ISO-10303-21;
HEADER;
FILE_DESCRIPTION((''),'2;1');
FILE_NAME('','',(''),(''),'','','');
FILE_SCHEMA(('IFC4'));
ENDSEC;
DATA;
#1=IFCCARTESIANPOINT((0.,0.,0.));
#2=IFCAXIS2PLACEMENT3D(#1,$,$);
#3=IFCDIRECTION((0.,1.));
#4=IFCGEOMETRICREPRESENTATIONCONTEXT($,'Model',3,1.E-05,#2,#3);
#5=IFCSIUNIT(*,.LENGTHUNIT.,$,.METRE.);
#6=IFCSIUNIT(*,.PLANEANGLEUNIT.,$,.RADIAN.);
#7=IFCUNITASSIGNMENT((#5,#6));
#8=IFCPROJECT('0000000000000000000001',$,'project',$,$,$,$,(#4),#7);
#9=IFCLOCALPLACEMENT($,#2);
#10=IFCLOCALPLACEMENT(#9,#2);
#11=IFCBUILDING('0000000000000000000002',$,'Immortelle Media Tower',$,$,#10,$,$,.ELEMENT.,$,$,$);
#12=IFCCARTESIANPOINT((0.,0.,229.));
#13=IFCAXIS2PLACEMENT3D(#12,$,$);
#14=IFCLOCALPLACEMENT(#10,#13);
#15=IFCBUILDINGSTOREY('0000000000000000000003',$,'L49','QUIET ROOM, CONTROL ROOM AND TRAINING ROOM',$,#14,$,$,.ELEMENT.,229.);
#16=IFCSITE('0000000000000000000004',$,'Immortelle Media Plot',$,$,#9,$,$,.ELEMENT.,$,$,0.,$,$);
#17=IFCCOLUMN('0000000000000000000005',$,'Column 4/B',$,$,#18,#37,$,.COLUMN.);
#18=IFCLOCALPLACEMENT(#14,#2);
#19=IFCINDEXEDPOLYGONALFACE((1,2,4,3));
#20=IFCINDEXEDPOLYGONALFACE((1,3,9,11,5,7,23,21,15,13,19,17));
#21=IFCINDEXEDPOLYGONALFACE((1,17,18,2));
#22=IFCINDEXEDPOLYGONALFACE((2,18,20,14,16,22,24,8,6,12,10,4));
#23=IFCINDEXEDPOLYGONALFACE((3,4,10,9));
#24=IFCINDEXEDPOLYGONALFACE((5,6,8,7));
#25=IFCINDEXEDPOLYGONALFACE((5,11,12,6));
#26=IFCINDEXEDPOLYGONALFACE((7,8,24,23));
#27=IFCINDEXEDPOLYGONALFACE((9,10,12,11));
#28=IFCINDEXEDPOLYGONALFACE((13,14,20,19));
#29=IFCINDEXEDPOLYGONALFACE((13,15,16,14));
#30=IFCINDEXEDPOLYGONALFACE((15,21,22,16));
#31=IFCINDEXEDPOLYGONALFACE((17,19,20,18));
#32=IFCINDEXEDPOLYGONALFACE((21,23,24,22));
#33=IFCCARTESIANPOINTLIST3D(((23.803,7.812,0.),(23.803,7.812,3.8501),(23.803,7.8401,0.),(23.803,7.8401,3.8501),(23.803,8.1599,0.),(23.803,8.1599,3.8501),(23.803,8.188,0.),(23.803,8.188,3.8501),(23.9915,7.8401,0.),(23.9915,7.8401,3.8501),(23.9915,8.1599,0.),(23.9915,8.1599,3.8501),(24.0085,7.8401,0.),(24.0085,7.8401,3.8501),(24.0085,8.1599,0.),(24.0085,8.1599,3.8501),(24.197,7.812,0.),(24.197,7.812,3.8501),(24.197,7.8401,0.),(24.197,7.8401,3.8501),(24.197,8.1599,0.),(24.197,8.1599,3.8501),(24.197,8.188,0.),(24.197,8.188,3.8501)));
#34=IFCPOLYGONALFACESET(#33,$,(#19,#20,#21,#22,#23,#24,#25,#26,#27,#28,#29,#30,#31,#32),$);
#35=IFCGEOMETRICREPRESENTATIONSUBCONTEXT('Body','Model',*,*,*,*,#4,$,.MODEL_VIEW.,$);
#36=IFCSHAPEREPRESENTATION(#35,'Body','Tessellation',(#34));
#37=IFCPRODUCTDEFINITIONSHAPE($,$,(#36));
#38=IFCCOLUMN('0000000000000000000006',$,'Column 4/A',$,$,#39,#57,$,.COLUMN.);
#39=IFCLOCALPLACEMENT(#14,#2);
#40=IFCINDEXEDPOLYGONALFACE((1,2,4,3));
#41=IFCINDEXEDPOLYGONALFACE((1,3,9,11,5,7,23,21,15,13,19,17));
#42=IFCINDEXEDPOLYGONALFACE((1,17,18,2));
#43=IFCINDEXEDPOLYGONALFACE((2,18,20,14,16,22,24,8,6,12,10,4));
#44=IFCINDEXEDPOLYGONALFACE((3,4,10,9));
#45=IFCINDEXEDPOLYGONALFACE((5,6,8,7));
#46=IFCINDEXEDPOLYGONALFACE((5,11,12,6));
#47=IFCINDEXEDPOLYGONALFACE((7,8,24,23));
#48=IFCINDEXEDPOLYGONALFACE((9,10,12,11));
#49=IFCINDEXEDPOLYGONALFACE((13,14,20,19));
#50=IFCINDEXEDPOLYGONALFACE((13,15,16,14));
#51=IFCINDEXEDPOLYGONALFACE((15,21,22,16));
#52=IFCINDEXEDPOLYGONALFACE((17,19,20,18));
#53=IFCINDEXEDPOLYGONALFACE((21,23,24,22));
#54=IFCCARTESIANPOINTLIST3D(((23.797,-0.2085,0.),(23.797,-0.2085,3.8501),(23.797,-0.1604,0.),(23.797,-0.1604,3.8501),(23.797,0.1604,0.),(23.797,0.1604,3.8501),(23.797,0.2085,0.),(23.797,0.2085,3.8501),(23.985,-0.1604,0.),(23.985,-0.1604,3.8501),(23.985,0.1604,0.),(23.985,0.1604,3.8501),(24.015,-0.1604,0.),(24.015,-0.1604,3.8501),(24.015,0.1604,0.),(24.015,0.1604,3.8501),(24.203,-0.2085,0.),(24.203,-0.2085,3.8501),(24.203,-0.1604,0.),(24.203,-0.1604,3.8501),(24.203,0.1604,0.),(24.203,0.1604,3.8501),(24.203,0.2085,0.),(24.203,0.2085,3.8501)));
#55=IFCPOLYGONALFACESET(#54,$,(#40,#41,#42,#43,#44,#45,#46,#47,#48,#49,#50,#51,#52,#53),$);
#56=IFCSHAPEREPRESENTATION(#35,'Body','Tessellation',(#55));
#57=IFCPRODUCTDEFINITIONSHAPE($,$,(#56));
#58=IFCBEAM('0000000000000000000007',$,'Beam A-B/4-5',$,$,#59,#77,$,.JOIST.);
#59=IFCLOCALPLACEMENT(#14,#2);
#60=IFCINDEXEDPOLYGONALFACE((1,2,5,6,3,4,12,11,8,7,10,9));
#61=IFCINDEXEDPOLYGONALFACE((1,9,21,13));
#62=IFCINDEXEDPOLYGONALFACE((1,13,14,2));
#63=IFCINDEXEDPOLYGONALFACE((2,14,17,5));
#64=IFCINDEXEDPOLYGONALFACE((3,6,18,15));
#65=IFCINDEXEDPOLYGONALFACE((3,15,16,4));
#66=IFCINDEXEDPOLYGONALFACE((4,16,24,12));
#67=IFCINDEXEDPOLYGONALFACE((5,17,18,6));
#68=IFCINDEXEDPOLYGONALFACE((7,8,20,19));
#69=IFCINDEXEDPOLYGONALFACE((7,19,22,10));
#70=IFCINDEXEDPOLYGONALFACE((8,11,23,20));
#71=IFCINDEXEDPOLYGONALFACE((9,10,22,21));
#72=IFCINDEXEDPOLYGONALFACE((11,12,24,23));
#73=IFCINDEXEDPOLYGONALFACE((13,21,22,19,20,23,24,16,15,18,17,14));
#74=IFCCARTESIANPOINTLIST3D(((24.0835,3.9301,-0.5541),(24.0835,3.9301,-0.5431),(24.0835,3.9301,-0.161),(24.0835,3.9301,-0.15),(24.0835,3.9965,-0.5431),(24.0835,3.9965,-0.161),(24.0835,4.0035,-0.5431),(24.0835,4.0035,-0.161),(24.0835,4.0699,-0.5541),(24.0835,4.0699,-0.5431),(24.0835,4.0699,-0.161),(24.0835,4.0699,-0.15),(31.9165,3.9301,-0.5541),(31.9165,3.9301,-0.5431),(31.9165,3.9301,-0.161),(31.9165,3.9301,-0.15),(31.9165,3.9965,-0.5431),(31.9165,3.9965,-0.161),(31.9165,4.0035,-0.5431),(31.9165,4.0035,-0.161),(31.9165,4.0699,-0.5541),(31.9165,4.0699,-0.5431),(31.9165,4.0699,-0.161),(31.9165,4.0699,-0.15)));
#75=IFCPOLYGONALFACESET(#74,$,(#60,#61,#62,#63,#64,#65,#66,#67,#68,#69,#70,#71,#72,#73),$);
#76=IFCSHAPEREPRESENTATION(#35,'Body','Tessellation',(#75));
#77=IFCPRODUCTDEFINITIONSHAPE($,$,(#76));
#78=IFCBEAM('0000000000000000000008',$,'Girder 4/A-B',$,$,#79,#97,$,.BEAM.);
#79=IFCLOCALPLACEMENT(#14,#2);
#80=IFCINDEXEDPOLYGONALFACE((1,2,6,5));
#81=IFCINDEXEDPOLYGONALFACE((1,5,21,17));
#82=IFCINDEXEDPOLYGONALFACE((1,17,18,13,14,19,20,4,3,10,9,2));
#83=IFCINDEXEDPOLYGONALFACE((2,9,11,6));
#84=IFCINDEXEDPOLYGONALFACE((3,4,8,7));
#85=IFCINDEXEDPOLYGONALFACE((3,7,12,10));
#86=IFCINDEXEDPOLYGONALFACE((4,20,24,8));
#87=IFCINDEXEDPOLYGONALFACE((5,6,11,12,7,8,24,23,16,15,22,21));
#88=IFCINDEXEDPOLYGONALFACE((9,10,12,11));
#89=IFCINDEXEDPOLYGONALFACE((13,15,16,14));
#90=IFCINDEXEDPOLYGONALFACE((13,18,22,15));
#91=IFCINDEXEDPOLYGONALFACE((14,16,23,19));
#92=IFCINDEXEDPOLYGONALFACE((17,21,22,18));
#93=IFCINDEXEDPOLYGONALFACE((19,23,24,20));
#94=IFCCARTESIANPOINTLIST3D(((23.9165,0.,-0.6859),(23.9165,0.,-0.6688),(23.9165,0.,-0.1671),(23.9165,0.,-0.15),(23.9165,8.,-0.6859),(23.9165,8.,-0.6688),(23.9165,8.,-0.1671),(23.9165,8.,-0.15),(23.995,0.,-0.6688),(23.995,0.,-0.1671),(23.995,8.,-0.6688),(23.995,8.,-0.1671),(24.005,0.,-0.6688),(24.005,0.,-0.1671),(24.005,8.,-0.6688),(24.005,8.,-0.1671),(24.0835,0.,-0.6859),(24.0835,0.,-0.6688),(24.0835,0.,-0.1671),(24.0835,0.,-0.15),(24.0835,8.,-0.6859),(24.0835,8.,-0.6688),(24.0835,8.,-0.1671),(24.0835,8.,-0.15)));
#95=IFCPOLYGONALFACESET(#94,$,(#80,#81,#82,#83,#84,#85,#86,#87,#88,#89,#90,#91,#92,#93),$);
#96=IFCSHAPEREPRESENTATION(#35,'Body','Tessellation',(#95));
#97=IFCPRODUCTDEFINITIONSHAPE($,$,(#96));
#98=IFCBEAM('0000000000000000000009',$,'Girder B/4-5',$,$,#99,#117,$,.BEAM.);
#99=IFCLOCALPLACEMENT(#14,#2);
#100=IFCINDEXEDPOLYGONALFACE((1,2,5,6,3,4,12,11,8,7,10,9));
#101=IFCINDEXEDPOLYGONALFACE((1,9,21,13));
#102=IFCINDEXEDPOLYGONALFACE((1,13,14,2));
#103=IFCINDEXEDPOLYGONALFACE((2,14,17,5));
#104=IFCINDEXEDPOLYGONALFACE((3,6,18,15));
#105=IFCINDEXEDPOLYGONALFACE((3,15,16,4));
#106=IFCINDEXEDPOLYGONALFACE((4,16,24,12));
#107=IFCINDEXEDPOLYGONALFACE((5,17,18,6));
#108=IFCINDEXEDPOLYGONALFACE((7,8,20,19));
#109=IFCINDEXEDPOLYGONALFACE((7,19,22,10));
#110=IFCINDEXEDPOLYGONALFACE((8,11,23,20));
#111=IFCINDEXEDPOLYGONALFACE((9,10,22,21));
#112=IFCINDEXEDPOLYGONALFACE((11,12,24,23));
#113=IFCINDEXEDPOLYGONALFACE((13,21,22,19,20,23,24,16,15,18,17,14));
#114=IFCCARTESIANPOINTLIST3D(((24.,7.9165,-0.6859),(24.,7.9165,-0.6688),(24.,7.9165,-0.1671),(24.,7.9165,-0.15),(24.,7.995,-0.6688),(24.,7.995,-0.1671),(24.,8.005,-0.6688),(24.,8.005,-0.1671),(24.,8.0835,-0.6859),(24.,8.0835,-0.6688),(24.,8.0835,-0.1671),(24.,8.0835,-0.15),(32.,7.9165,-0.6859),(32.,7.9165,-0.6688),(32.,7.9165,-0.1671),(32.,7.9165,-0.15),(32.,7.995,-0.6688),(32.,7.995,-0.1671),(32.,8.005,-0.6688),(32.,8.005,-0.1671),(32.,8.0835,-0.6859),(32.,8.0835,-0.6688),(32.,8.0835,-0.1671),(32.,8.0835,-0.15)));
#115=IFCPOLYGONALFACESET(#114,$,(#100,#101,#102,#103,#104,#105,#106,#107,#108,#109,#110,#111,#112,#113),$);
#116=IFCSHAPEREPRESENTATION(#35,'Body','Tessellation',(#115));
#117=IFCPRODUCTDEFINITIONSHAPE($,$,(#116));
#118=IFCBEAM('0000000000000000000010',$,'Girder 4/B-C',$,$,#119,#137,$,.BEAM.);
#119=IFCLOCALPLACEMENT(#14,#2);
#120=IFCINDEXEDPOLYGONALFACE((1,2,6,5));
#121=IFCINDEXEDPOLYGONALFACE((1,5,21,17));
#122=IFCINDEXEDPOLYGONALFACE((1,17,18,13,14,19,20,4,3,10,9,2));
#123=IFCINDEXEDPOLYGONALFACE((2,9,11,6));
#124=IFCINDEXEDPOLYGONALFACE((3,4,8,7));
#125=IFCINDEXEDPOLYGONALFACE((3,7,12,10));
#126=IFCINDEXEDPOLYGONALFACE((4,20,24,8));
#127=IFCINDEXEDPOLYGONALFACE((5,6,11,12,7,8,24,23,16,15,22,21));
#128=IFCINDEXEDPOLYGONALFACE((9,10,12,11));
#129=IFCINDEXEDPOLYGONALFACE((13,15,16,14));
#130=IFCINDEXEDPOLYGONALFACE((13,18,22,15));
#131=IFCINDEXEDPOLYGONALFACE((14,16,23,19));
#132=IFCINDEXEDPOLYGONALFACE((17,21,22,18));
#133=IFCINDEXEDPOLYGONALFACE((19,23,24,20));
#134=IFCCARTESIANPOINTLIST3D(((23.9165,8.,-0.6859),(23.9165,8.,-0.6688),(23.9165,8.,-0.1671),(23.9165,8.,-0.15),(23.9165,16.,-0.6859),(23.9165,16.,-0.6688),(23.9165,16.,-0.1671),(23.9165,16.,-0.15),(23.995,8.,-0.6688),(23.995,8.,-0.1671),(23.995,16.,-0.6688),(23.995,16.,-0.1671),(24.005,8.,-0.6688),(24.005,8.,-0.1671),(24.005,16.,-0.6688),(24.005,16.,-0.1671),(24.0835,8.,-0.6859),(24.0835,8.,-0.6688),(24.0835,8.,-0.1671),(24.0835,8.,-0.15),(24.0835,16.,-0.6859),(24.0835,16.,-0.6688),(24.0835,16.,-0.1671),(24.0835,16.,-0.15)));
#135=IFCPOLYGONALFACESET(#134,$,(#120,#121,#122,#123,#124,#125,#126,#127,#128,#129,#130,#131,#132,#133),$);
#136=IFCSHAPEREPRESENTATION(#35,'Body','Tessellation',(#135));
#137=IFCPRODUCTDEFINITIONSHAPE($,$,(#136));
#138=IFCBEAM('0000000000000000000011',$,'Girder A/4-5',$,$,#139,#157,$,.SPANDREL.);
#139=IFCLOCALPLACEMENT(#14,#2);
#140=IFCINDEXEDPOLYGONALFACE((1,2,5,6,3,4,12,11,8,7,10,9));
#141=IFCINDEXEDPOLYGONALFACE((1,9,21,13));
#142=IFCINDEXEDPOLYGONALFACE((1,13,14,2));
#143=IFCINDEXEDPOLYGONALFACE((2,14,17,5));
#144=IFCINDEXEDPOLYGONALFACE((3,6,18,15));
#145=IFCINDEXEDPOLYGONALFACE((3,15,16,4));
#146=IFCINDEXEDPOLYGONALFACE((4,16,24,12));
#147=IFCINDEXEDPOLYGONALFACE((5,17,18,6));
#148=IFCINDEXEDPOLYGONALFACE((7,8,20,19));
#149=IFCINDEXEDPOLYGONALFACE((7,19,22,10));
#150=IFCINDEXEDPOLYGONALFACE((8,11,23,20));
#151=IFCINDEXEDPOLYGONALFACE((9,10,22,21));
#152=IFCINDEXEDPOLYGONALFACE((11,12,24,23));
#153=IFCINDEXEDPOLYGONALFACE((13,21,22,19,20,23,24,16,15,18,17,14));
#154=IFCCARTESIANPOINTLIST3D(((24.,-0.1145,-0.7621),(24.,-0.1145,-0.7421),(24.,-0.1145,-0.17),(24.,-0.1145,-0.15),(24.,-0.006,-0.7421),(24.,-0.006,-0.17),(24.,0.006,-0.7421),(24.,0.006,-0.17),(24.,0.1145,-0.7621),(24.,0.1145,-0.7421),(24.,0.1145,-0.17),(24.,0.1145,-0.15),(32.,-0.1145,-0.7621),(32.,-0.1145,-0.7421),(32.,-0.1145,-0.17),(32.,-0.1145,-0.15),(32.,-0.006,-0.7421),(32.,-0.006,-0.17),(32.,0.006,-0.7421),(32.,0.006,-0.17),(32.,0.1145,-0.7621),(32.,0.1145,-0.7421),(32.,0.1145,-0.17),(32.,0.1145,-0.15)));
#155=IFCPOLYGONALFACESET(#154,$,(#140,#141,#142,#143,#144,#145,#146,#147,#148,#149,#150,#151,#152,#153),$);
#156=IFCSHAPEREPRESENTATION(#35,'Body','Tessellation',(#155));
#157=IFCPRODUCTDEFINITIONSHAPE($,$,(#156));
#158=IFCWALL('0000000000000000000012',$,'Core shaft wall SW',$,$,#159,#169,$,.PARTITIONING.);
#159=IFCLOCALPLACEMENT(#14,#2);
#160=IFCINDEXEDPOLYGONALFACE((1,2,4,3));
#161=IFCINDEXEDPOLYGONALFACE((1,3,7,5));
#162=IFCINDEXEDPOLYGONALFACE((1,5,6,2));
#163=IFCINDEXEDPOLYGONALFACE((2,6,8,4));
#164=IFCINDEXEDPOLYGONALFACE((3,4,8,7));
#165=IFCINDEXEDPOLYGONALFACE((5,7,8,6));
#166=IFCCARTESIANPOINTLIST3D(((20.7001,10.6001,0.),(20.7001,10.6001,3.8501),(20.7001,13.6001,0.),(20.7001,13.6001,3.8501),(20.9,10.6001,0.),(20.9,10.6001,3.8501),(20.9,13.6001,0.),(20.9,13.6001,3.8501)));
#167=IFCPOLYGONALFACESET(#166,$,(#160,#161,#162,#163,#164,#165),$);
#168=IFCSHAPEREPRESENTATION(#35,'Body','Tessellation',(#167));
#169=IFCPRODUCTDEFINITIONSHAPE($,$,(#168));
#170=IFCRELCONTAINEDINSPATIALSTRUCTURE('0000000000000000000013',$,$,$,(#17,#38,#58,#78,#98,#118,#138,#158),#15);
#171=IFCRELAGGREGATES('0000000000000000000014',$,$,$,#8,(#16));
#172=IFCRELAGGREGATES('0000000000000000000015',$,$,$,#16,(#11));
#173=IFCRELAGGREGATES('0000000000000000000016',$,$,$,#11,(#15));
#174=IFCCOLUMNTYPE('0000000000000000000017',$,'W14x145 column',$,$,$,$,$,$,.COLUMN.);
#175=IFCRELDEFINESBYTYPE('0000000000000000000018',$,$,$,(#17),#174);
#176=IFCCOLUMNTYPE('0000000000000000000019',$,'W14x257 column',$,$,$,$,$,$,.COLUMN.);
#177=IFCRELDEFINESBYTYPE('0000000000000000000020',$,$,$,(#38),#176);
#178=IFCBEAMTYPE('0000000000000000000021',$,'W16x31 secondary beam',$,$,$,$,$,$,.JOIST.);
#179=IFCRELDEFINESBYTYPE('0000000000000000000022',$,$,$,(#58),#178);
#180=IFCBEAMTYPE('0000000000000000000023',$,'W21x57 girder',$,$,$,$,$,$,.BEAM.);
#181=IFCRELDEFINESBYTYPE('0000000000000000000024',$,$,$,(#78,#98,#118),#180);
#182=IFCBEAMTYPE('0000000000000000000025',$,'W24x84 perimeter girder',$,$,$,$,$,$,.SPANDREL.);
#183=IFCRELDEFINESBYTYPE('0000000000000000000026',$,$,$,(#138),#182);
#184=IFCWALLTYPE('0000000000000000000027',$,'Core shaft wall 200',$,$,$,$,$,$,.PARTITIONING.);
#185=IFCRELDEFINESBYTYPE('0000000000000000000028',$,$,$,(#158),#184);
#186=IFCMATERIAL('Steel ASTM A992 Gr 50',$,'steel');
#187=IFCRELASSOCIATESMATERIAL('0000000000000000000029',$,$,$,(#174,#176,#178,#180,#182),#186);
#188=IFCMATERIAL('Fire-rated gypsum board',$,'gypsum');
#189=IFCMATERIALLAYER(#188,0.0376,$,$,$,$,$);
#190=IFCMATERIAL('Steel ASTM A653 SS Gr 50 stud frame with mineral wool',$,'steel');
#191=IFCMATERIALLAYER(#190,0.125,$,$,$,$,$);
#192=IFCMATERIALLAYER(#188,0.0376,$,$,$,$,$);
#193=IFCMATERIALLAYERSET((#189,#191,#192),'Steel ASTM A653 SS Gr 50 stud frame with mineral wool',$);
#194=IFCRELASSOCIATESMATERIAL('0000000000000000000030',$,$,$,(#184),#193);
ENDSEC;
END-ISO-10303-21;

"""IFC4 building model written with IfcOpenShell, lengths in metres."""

from ifc_helpers import new_model, si_unit, direction, frame, frame_2d, origin, origin_2d, place, context, subcontext, project, spatial, rectangle, i_section, extrude, material, layer, layer_set, material_profile, profile_set, type_object, element, save


model = new_model("IFC4")

# Units and contexts
model_context = context("Model", 3, precision=1e-05, world=origin(), true_north=direction((0.0, 1.0)))
body_context = subcontext(model_context, "Body", "Model", "MODEL_VIEW")
ifc_project = project(units=[si_unit("LENGTHUNIT", "METRE"), si_unit("PLANEANGLEUNIT", "RADIAN")], contexts=[model_context])

# Site, building, storey
site_placement = place(None, origin())
site = spatial("IfcSite", under=ifc_project, at=site_placement, Name="Immortelle Media Plot", CompositionType="ELEMENT", RefElevation=0.0)
building_placement = place(site_placement, origin())
building = spatial("IfcBuilding", under=site, at=building_placement, Name="Immortelle Media Tower", CompositionType="ELEMENT")
storey_placement = place(building_placement, frame((0.0, 0.0, 229.0)))
storey = spatial("IfcBuildingStorey", under=building, at=storey_placement, Name="L49", Description="QUIET ROOM, CONTROL ROOM AND TRAINING ROOM", CompositionType="ELEMENT", Elevation=229.0)

# Columns
ifc_material_1 = material(Name="Steel ASTM A992 Gr 50", Category="steel")
ifc_material_profile_1 = material_profile(ifc_material_1, i_section(OverallWidth=0.394, OverallDepth=0.376, WebThickness=0.0171, FlangeThickness=0.0281, at=origin_2d()), Name="W14x145")
ifc_profile_set_1 = profile_set([ifc_material_profile_1], Name="Steel ASTM A992 Gr 50")
column_type_1 = type_object("IfcColumnType", Name="W14x145 column", PredefinedType="COLUMN", material=ifc_profile_set_1)
column_1_placement = place(storey_placement, frame((24.0, 8.0, 0.0), z_axis=(0.0, 0.0, 1.0), x_axis=(1.0, 0.0, 0.0)))
element("IfcColumn", 1, at=column_1_placement, inside=storey, type_object=column_type_1, Name="Column 4/B", PredefinedType="COLUMN", context=body_context, shape_type="SweptSolid", body=[
    extrude(i_section(OverallWidth=0.394, OverallDepth=0.376, WebThickness=0.0171, FlangeThickness=0.0281, at=origin_2d()), origin(), (0.0, 0.0, 1.0), 3.8501),
])
ifc_material_profile_2 = material_profile(ifc_material_1, i_section(OverallWidth=0.406, OverallDepth=0.417, WebThickness=0.03, FlangeThickness=0.0481, at=origin_2d()), Name="W14x257")
ifc_profile_set_2 = profile_set([ifc_material_profile_2], Name="Steel ASTM A992 Gr 50")
column_type_2 = type_object("IfcColumnType", Name="W14x257 column", PredefinedType="COLUMN", material=ifc_profile_set_2)
column_2_placement = place(storey_placement, frame((24.0, 0.0, 0.0), z_axis=(0.0, 0.0, 1.0), x_axis=(1.0, 0.0, 0.0)))
element("IfcColumn", 2, at=column_2_placement, inside=storey, type_object=column_type_2, Name="Column 4/A", PredefinedType="COLUMN", context=body_context, shape_type="SweptSolid", body=[
    extrude(i_section(OverallWidth=0.406, OverallDepth=0.417, WebThickness=0.03, FlangeThickness=0.0481, at=origin_2d()), origin(), (0.0, 0.0, 1.0), 3.8501),
])

# Beams
ifc_material_profile_3 = material_profile(ifc_material_1, i_section(OverallWidth=0.1399, OverallDepth=0.4041, WebThickness=0.0071, FlangeThickness=0.011, at=origin_2d()), Name="W16x31")
ifc_profile_set_3 = profile_set([ifc_material_profile_3], Name="Steel ASTM A992 Gr 50")
beam_type_1 = type_object("IfcBeamType", Name="W16x31 secondary beam", PredefinedType="JOIST", material=ifc_profile_set_3)
beam_1_placement = place(storey_placement, frame((24.0835, 4.0, -0.3521), z_axis=(1.0, 0.0, 0.0), x_axis=(0.0, 1.0, 0.0)))
element("IfcBeam", 3, at=beam_1_placement, inside=storey, type_object=beam_type_1, Name="Beam A-B/4-5", PredefinedType="JOIST", context=body_context, shape_type="SweptSolid", body=[
    extrude(i_section(OverallWidth=0.1399, OverallDepth=0.4041, WebThickness=0.0071, FlangeThickness=0.011, at=origin_2d()), origin(), (0.0, 0.0, 1.0), 7.833),
])
ifc_material_profile_4 = material_profile(ifc_material_1, i_section(OverallWidth=0.167, OverallDepth=0.5359, WebThickness=0.01, FlangeThickness=0.0171, at=origin_2d()), Name="W21x57")
ifc_profile_set_4 = profile_set([ifc_material_profile_4], Name="Steel ASTM A992 Gr 50")
beam_type_2 = type_object("IfcBeamType", Name="W21x57 girder", PredefinedType="BEAM", material=ifc_profile_set_4)
for number, where, z_axis, x_axis, name in (
    (4, (24.0, 0.0, -0.418), (0.0, 1.0, 0.0), (-1.0, 0.0, 0.0), "Girder 4/A-B"),
    (5, (24.0, 8.0, -0.418), (1.0, 0.0, 0.0), (0.0, 1.0, 0.0), "Girder B/4-5"),
    (6, (24.0, 8.0, -0.418), (0.0, 1.0, 0.0), (-1.0, 0.0, 0.0), "Girder 4/B-C"),
):
    element("IfcBeam", number, at=place(storey_placement, frame(where, z_axis=z_axis, x_axis=x_axis)), inside=storey, type_object=beam_type_2, Name=name, PredefinedType="BEAM", context=body_context, shape_type="SweptSolid", body=[
        extrude(i_section(OverallWidth=0.167, OverallDepth=0.5359, WebThickness=0.01, FlangeThickness=0.0171, at=origin_2d()), origin(), (0.0, 0.0, 1.0), 8.0),
    ])
ifc_material_profile_5 = material_profile(ifc_material_1, i_section(OverallWidth=0.229, OverallDepth=0.6121, WebThickness=0.012, FlangeThickness=0.02, at=origin_2d()), Name="W24x84")
ifc_profile_set_5 = profile_set([ifc_material_profile_5], Name="Steel ASTM A992 Gr 50")
beam_type_3 = type_object("IfcBeamType", Name="W24x84 perimeter girder", PredefinedType="SPANDREL", material=ifc_profile_set_5)
beam_2_placement = place(storey_placement, frame((24.0, 0.0, -0.4561), z_axis=(1.0, 0.0, 0.0), x_axis=(0.0, 1.0, 0.0)))
element("IfcBeam", 7, at=beam_2_placement, inside=storey, type_object=beam_type_3, Name="Girder A/4-5", PredefinedType="SPANDREL", context=body_context, shape_type="SweptSolid", body=[
    extrude(i_section(OverallWidth=0.229, OverallDepth=0.6121, WebThickness=0.012, FlangeThickness=0.02, at=origin_2d()), origin(), (0.0, 0.0, 1.0), 8.0),
])

# Wall
ifc_material_2 = material(Name="Fire-rated gypsum board", Category="gypsum")
ifc_layer_1 = layer(ifc_material_2, 0.0376)
ifc_material_3 = material(Name="Steel ASTM A653 SS Gr 50 stud frame with mineral wool", Category="steel")
ifc_layer_2 = layer(ifc_material_3, 0.125)
ifc_layer_3 = layer(ifc_material_2, 0.0376)
ifc_layer_set_1 = layer_set([ifc_layer_1, ifc_layer_2, ifc_layer_3], Name="Steel ASTM A653 SS Gr 50 stud frame with mineral wool")
wall_type_1 = type_object("IfcWallType", Name="Core shaft wall 200", PredefinedType="PARTITIONING", material=ifc_layer_set_1)
wall_1_placement = place(storey_placement, frame((20.8, 10.6001, 0.0), z_axis=(0.0, 0.0, 1.0), x_axis=(0.0, 1.0, 0.0)))
element("IfcWall", 8, at=wall_1_placement, inside=storey, type_object=wall_type_1, Name="Core shaft wall SW", PredefinedType="PARTITIONING", context=body_context, shape_type="SweptSolid", body=[
    extrude(rectangle(XDim=3.0, YDim=0.2, at=frame_2d((1.5, 0.0))), origin(), (0.0, 0.0, 1.0), 3.8501),
])

save(model, "model.ifc")
